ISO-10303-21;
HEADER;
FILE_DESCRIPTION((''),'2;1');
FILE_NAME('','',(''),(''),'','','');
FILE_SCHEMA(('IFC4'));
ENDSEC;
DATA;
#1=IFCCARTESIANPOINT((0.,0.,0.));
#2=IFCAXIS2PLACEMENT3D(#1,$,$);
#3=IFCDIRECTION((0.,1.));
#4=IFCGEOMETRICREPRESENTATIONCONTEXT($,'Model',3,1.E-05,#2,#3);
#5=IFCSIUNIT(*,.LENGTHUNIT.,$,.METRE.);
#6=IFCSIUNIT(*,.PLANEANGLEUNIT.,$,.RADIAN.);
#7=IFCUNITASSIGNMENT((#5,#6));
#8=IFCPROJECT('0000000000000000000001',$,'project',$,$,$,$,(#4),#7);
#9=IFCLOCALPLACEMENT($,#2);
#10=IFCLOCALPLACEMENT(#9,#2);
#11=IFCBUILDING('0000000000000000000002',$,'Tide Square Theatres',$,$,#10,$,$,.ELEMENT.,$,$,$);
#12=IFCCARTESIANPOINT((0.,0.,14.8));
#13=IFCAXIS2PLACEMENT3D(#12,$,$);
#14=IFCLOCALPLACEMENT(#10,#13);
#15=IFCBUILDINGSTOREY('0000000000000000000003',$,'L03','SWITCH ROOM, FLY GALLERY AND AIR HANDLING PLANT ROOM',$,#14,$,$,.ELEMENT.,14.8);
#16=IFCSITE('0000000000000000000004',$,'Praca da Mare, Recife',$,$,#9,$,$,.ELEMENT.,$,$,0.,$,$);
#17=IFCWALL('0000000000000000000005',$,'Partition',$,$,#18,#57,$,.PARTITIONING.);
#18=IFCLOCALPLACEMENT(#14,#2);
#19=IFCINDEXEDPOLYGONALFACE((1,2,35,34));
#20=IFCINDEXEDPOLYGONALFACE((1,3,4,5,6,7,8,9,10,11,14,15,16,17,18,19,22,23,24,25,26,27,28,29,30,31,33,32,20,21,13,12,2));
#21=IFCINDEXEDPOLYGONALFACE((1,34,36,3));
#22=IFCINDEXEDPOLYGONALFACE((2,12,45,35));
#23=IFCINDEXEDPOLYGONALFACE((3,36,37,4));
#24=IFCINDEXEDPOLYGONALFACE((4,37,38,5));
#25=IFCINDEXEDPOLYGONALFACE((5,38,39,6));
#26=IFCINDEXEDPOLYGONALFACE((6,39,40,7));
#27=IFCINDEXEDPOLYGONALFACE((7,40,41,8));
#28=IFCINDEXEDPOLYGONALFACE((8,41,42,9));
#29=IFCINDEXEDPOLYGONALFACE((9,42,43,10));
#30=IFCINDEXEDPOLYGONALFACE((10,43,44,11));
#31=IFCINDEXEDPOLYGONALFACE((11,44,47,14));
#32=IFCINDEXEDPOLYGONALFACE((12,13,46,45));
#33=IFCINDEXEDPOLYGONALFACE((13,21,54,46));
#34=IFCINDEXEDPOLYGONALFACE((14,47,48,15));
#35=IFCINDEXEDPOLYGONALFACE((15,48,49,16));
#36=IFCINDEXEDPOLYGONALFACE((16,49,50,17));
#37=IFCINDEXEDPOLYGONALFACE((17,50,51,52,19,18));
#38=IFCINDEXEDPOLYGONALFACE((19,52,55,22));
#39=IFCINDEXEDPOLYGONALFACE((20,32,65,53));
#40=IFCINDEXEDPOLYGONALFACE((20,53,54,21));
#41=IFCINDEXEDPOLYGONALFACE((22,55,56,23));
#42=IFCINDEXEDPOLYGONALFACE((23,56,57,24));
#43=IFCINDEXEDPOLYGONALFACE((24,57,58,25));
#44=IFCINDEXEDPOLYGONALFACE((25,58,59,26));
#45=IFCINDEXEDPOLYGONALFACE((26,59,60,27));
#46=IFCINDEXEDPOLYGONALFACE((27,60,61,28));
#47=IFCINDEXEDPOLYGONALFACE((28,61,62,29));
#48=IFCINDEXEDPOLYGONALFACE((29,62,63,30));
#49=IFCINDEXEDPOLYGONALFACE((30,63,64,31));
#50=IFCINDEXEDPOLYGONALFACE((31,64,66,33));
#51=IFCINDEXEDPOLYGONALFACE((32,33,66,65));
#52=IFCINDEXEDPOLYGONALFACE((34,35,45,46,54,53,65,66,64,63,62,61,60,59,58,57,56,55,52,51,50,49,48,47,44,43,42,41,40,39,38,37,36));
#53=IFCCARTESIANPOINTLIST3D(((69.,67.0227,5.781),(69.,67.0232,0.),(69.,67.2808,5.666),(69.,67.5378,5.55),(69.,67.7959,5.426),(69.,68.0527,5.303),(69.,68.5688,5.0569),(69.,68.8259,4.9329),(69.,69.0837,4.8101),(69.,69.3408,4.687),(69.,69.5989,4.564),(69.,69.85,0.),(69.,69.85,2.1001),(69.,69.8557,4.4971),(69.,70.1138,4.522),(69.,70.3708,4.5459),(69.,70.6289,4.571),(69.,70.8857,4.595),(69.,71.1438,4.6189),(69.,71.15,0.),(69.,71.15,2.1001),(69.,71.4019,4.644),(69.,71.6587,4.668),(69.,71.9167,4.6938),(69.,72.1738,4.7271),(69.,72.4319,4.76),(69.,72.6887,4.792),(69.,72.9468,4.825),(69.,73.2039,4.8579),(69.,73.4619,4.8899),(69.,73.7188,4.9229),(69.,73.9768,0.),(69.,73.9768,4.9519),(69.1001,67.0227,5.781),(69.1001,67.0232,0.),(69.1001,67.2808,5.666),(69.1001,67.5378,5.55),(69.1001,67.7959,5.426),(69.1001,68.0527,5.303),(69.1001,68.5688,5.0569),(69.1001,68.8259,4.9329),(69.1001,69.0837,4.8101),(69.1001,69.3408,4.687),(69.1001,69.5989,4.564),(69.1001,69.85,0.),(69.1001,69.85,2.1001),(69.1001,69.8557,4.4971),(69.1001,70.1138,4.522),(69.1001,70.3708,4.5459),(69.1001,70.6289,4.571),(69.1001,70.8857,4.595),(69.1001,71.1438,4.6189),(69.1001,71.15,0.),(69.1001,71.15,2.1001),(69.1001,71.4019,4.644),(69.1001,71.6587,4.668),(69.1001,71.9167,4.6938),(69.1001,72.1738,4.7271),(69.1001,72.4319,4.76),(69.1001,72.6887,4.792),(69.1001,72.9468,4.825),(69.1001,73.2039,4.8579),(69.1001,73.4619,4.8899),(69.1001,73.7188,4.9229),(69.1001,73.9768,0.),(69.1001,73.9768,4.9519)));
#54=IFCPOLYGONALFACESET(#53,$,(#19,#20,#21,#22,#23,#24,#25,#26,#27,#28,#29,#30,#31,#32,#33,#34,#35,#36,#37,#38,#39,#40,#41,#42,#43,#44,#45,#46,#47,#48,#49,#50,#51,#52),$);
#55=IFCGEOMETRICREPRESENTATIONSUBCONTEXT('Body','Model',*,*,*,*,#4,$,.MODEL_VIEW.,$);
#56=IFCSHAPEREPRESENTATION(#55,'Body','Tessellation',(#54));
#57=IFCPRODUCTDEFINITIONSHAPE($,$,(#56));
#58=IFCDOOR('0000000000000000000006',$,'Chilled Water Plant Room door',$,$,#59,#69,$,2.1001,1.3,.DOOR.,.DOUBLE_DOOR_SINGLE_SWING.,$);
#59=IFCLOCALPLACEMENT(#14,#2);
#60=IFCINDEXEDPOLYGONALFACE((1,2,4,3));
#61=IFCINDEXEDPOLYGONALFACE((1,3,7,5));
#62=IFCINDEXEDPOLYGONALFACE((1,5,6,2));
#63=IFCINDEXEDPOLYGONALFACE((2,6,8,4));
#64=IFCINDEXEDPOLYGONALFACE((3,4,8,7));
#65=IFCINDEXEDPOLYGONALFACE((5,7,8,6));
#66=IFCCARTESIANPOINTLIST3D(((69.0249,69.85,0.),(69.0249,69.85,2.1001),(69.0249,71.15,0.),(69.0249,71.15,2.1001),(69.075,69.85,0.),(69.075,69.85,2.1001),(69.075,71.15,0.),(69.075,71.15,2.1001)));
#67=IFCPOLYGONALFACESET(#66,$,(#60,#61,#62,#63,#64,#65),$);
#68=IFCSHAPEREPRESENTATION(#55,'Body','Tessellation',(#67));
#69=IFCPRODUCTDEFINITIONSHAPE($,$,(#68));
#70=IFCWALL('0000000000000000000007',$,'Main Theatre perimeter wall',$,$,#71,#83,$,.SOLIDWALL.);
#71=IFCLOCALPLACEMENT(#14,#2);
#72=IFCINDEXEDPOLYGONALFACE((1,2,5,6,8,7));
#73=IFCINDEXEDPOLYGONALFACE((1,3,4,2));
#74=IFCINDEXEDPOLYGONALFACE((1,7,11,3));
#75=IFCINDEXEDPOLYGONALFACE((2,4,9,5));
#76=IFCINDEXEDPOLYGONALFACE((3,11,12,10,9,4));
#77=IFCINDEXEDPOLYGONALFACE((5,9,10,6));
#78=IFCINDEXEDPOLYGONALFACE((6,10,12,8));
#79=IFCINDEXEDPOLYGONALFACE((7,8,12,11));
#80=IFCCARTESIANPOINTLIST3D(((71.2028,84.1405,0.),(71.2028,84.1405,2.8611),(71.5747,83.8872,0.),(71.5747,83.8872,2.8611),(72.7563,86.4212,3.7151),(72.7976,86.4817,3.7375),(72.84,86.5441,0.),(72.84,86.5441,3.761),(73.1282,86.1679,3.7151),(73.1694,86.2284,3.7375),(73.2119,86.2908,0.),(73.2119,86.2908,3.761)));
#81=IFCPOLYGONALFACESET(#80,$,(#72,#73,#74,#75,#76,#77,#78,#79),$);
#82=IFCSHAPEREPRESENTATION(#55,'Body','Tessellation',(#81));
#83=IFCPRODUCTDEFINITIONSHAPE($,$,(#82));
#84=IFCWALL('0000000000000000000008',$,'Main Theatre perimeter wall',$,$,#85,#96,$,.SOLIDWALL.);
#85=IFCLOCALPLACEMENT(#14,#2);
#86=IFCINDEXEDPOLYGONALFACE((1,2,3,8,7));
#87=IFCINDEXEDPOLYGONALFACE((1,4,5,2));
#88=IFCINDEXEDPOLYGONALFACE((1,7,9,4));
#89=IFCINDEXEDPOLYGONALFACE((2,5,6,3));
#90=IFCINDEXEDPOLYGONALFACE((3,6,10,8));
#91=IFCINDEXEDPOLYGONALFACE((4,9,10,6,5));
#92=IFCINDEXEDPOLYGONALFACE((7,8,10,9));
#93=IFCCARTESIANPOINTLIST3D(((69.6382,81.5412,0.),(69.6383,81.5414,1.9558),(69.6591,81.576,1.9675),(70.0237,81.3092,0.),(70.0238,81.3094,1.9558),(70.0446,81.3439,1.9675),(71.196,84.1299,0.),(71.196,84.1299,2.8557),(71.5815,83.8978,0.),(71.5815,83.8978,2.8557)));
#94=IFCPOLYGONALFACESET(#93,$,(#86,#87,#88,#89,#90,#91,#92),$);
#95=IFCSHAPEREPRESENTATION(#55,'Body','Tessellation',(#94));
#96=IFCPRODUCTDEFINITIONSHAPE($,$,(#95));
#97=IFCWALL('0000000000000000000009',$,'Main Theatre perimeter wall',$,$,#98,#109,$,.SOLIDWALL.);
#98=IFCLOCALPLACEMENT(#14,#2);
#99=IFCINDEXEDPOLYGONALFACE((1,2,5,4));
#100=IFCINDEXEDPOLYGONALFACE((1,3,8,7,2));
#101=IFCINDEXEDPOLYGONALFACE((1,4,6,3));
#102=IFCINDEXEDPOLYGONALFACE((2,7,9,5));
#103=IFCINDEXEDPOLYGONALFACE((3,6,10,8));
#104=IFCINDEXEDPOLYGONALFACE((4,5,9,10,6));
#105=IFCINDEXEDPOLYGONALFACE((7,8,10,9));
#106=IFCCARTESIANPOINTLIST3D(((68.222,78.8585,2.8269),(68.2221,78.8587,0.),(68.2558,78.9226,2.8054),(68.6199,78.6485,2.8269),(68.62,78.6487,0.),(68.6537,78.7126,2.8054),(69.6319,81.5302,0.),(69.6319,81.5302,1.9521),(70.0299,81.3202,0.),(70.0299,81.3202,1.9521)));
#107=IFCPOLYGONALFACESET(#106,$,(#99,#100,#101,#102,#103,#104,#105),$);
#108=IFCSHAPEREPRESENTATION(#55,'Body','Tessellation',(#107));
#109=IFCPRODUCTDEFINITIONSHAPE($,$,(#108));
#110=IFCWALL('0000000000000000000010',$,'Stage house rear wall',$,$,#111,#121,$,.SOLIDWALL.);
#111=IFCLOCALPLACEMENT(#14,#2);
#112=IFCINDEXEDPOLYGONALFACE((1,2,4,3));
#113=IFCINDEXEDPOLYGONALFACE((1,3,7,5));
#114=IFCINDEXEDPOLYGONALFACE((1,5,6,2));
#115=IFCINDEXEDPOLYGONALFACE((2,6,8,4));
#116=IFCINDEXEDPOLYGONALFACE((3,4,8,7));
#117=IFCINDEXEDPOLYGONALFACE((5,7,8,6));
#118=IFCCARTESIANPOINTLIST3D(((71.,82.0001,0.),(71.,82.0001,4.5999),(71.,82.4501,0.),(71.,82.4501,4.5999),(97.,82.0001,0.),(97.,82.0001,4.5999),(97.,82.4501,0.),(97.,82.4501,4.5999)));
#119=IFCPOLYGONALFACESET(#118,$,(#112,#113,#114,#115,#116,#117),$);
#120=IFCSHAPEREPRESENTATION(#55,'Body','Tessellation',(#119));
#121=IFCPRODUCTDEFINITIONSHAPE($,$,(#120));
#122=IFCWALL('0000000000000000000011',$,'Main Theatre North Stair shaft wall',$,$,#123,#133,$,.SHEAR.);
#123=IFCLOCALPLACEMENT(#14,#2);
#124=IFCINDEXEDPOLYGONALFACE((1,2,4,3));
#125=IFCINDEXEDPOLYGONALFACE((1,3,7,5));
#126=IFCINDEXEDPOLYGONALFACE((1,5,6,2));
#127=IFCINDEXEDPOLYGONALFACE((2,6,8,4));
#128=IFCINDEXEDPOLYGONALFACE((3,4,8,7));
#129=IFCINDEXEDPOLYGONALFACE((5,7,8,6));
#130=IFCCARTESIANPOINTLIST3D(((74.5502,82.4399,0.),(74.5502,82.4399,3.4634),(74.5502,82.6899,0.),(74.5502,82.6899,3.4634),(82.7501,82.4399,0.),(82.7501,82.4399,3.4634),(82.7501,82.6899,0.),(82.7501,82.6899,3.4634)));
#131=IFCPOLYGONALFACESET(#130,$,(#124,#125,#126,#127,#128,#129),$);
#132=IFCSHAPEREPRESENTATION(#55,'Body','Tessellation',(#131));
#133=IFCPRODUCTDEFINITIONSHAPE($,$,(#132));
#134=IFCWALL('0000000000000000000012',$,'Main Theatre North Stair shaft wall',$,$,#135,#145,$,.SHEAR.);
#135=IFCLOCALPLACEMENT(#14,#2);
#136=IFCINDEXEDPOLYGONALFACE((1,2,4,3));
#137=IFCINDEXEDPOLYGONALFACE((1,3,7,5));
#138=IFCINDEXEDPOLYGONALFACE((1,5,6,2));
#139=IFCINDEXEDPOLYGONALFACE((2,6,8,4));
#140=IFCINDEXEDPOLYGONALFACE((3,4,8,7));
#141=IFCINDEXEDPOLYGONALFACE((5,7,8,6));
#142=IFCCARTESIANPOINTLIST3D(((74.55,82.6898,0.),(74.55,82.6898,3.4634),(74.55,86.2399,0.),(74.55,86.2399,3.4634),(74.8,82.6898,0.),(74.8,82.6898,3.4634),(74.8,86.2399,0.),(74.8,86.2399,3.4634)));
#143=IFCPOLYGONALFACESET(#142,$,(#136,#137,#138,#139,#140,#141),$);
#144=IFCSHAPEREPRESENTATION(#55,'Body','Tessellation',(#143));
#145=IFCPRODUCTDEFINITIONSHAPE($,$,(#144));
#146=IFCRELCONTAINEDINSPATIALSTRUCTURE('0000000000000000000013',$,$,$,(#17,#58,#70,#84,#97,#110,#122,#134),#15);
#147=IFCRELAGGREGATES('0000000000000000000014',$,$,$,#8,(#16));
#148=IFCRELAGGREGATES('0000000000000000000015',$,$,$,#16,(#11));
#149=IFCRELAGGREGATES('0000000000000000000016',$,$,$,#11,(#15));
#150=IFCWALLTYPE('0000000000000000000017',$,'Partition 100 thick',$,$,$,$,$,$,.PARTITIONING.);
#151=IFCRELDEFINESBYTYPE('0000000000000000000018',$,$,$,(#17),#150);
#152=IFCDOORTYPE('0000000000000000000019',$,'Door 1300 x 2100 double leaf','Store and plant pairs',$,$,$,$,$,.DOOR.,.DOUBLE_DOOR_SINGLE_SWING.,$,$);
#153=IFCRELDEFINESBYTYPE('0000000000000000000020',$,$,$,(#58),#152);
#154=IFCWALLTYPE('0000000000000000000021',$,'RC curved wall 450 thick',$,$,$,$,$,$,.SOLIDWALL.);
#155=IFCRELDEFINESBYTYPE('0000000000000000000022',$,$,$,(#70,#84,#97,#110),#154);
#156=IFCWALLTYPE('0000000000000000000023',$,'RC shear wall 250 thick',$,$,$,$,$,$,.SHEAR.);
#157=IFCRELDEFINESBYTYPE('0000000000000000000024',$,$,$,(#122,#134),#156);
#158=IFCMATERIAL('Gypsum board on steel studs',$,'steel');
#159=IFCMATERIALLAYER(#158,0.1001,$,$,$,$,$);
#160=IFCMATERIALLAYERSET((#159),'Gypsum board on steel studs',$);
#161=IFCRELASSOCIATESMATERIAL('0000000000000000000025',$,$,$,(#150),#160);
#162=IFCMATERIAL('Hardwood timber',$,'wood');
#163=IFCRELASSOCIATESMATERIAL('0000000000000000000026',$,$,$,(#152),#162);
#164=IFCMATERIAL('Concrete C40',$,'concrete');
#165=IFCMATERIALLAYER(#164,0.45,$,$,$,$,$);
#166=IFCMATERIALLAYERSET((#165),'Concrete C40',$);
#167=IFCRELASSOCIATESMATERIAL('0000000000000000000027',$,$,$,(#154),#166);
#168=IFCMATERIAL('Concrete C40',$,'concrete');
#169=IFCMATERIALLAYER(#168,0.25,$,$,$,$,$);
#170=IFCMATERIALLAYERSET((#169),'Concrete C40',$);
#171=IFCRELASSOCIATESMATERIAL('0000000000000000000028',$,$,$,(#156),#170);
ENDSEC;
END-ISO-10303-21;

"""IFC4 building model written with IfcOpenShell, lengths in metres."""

from ifc_helpers import new_model, si_unit, direction, frame, frame_2d, origin, place, context, subcontext, project, spatial, polyline, rectangle, outline, extrude, material, layer, layer_set, type_object, element, fill, save


model = new_model("IFC4")

# Units and contexts
model_context = context("Model", 3, precision=1e-05, world=origin(), true_north=direction((0.0, 1.0)))
body_context = subcontext(model_context, "Body", "Model", "MODEL_VIEW")
ifc_project = project(units=[si_unit("LENGTHUNIT", "METRE"), si_unit("PLANEANGLEUNIT", "RADIAN")], contexts=[model_context])

# Site, building, storey
site_placement = place(None, origin())
site = spatial("IfcSite", under=ifc_project, at=site_placement, Name="Praca da Mare, Recife", CompositionType="ELEMENT", RefElevation=0.0)
building_placement = place(site_placement, origin())
building = spatial("IfcBuilding", under=site, at=building_placement, Name="Tide Square Theatres", CompositionType="ELEMENT")
storey_placement = place(building_placement, frame((0.0, 0.0, 14.8)))
storey = spatial("IfcBuildingStorey", under=building, at=storey_placement, Name="L03", Description="SWITCH ROOM, FLY GALLERY AND AIR HANDLING PLANT ROOM", CompositionType="ELEMENT", Elevation=14.8)

# Shared definitions
ifc_material_1 = material(Name="Gypsum board on steel studs", Category="steel")
ifc_layer_1 = layer(ifc_material_1, 0.1001)
ifc_layer_set_1 = layer_set([ifc_layer_1], Name="Gypsum board on steel studs")
wall_type_1 = type_object("IfcWallType", Name="Partition 100 thick", PredefinedType="PARTITIONING", material=ifc_layer_set_1)

# Wall, opening, door
wall_1_placement = place(storey_placement, frame((69.05, 73.9768, 0.0), z_axis=(0.0, 0.0, 1.0), x_axis=(0.0, -1.0, 0.0)))
wall_1 = element("IfcWall", 1, at=wall_1_placement, inside=storey, type_object=wall_type_1, Name="Partition", PredefinedType="PARTITIONING", context=body_context, shape_type="SweptSolid", body=[
    extrude(outline(polyline([(0.0, 0.0), (6.9536, 0.0), (6.9541, 5.781), (6.696, 5.666), (6.439, 5.55), (6.1809, 5.426), (5.9241, 5.303), (5.666, 5.1799), (5.408, 5.0569), (5.1509, 4.9329), (4.8931, 4.8101), (4.636, 4.687), (4.3779, 4.564), (4.1211, 4.4971), (3.863, 4.522), (3.606, 4.5459), (3.3479, 4.571), (3.0911, 4.595), (2.833, 4.6189), (2.575, 4.644), (2.3181, 4.668), (2.0601, 4.6938), (1.803, 4.7271), (1.5449, 4.76), (1.2881, 4.792), (1.03, 4.825), (0.7729, 4.8579), (0.5149, 4.8899), (0.2581, 4.9229), (0.0, 4.9519), (0.0, 0.0)])), frame((0.0, 0.05, 0.0), z_axis=(0.0, -1.0, 0.0), x_axis=(1.0, 0.0, 0.0)), (0.0, 0.0, 1.0), 0.1001),
])
opening_placement = place(wall_1_placement, frame((2.8269, 0.0, 0.0)))
opening = element("IfcOpeningElement", 2, at=opening_placement, cuts=wall_1, PredefinedType="OPENING", context=body_context, shape_type="SweptSolid", body=[
    extrude(rectangle(XDim=1.3, YDim=2.1001, at=frame_2d((0.6499, 1.05))), frame((0.0, 0.0601, 0.0), z_axis=(0.0, -1.0, 0.0), x_axis=(1.0, 0.0, 0.0)), (0.0, 0.0, 1.0), 0.1201),
])
ifc_material_2 = material(Name="Hardwood timber", Category="wood")
door_type = type_object("IfcDoorType", Name="Door 1300 x 2100 double leaf", Description="Store and plant pairs", OperationType="DOUBLE_DOOR_SINGLE_SWING", PredefinedType="DOOR", material=ifc_material_2)
door_placement = place(opening_placement, origin())
door = element("IfcDoor", 3, at=door_placement, inside=storey, type_object=door_type, Name="Chilled Water Plant Room door", OperationType="DOUBLE_DOOR_SINGLE_SWING", OverallHeight=2.1001, OverallWidth=1.3, PredefinedType="DOOR", context=body_context, shape_type="SweptSolid", body=[
    extrude(rectangle(XDim=1.3, YDim=2.1001, at=frame_2d((0.6499, 1.05))), frame((0.0, 0.0249, 0.0), z_axis=(0.0, -1.0, 0.0), x_axis=(1.0, 0.0, 0.0)), (0.0, 0.0, 1.0), 0.05),
])
fill(opening, door)

# Walls
ifc_material_3 = material(Name="Concrete C40", Category="concrete")
ifc_layer_2 = layer(ifc_material_3, 0.45)
ifc_layer_set_2 = layer_set([ifc_layer_2], Name="Concrete C40")
wall_type_2 = type_object("IfcWallType", Name="RC curved wall 450 thick", PredefinedType="SOLIDWALL", material=ifc_layer_set_2)
wall_2_placement = place(storey_placement, frame((73.0259, 86.4175, 0.0), z_axis=(0.0, 0.0, 1.0), x_axis=(-0.562964, -0.826481, 0.0)))
element("IfcWall", 4, at=wall_2_placement, inside=storey, type_object=wall_type_2, Name="Main Theatre perimeter wall", PredefinedType="SOLIDWALL", context=body_context, shape_type="SweptSolid", body=[
    extrude(outline(polyline([(0.0, 0.0), (2.9082, 0.0), (2.9082, 2.8611), (0.1487, 3.7151), (0.0754, 3.7375), (0.0, 3.761), (0.0, 0.0)])), frame((0.0, 0.2251, 0.0), z_axis=(0.0, -1.0, 0.0), x_axis=(1.0, 0.0, 0.0)), (0.0, 0.0, 1.0), 0.45),
])
wall_3_placement = place(storey_placement, frame((71.3887, 84.0139, 0.0), z_axis=(0.0, 0.0, 1.0), x_axis=(-0.515636, -0.856808, 0.0)))
element("IfcWall", 5, at=wall_3_placement, inside=storey, type_object=wall_type_2, Name="Main Theatre perimeter wall", PredefinedType="SOLIDWALL", context=body_context, shape_type="SweptSolid", body=[
    extrude(outline(polyline([(0.0, 0.0), (3.0212, 0.0), (3.021, 1.9558), (2.9807, 1.9675), (0.0, 2.8557), (0.0, 0.0)])), frame((0.0, 0.2251, 0.0), z_axis=(0.0, -1.0, 0.0), x_axis=(1.0, 0.0, 0.0)), (0.0, 0.0, 1.0), 0.45),
])
wall_4_placement = place(storey_placement, frame((69.8308, 81.4253, 0.0), z_axis=(0.0, 0.0, 1.0), x_axis=(-0.466729, -0.884401, 0.0)))
element("IfcWall", 6, at=wall_4_placement, inside=storey, type_object=wall_type_2, Name="Main Theatre perimeter wall", PredefinedType="SOLIDWALL", context=body_context, shape_type="SweptSolid", body=[
    extrude(outline(polyline([(0.0, 0.0), (3.0208, 0.0), (3.021, 2.8269), (2.9485, 2.8054), (0.0, 1.9521), (0.0, 0.0)])), frame((0.0, 0.2251, 0.0), z_axis=(0.0, -1.0, 0.0), x_axis=(1.0, 0.0, 0.0)), (0.0, 0.0, 1.0), 0.45),
])
wall_5_placement = place(storey_placement, frame((71.0, 82.2251, 0.0), z_axis=(0.0, 0.0, 1.0), x_axis=(1.0, 0.0, 0.0)))
element("IfcWall", 7, at=wall_5_placement, inside=storey, type_object=wall_type_2, Name="Stage house rear wall", PredefinedType="SOLIDWALL", context=body_context, shape_type="SweptSolid", body=[
    extrude(rectangle(XDim=26.0, YDim=0.45, at=frame_2d((13.0, 0.0))), origin(), (0.0, 0.0, 1.0), 4.5999),
])
ifc_material_4 = material(Name="Concrete C40", Category="concrete")
ifc_layer_3 = layer(ifc_material_4, 0.25)
ifc_layer_set_3 = layer_set([ifc_layer_3], Name="Concrete C40")
wall_type_3 = type_object("IfcWallType", Name="RC shear wall 250 thick", PredefinedType="SHEAR", material=ifc_layer_set_3)
wall_6_placement = place(storey_placement, frame((74.55, 82.5649, 0.0), z_axis=(0.0, 0.0, 1.0), x_axis=(1.0, 0.0, 0.0)))
element("IfcWall", 8, at=wall_6_placement, inside=storey, type_object=wall_type_3, Name="Main Theatre North Stair shaft wall", PredefinedType="SHEAR", context=body_context, shape_type="SweptSolid", body=[
    extrude(rectangle(XDim=8.2, YDim=0.25, at=frame_2d((4.1001, 0.0))), origin(), (0.0, 0.0, 1.0), 3.4634),
])
wall_7_placement = place(storey_placement, frame((74.675, 82.6899, 0.0), z_axis=(0.0, 0.0, 1.0), x_axis=(0.0, 1.0, 0.0)))
element("IfcWall", 9, at=wall_7_placement, inside=storey, type_object=wall_type_3, Name="Main Theatre North Stair shaft wall", PredefinedType="SHEAR", context=body_context, shape_type="SweptSolid", body=[
    extrude(rectangle(XDim=3.55, YDim=0.25, at=frame_2d((1.7749, 0.0))), origin(), (0.0, 0.0, 1.0), 3.4634),
])

save(model, "model.ifc")
